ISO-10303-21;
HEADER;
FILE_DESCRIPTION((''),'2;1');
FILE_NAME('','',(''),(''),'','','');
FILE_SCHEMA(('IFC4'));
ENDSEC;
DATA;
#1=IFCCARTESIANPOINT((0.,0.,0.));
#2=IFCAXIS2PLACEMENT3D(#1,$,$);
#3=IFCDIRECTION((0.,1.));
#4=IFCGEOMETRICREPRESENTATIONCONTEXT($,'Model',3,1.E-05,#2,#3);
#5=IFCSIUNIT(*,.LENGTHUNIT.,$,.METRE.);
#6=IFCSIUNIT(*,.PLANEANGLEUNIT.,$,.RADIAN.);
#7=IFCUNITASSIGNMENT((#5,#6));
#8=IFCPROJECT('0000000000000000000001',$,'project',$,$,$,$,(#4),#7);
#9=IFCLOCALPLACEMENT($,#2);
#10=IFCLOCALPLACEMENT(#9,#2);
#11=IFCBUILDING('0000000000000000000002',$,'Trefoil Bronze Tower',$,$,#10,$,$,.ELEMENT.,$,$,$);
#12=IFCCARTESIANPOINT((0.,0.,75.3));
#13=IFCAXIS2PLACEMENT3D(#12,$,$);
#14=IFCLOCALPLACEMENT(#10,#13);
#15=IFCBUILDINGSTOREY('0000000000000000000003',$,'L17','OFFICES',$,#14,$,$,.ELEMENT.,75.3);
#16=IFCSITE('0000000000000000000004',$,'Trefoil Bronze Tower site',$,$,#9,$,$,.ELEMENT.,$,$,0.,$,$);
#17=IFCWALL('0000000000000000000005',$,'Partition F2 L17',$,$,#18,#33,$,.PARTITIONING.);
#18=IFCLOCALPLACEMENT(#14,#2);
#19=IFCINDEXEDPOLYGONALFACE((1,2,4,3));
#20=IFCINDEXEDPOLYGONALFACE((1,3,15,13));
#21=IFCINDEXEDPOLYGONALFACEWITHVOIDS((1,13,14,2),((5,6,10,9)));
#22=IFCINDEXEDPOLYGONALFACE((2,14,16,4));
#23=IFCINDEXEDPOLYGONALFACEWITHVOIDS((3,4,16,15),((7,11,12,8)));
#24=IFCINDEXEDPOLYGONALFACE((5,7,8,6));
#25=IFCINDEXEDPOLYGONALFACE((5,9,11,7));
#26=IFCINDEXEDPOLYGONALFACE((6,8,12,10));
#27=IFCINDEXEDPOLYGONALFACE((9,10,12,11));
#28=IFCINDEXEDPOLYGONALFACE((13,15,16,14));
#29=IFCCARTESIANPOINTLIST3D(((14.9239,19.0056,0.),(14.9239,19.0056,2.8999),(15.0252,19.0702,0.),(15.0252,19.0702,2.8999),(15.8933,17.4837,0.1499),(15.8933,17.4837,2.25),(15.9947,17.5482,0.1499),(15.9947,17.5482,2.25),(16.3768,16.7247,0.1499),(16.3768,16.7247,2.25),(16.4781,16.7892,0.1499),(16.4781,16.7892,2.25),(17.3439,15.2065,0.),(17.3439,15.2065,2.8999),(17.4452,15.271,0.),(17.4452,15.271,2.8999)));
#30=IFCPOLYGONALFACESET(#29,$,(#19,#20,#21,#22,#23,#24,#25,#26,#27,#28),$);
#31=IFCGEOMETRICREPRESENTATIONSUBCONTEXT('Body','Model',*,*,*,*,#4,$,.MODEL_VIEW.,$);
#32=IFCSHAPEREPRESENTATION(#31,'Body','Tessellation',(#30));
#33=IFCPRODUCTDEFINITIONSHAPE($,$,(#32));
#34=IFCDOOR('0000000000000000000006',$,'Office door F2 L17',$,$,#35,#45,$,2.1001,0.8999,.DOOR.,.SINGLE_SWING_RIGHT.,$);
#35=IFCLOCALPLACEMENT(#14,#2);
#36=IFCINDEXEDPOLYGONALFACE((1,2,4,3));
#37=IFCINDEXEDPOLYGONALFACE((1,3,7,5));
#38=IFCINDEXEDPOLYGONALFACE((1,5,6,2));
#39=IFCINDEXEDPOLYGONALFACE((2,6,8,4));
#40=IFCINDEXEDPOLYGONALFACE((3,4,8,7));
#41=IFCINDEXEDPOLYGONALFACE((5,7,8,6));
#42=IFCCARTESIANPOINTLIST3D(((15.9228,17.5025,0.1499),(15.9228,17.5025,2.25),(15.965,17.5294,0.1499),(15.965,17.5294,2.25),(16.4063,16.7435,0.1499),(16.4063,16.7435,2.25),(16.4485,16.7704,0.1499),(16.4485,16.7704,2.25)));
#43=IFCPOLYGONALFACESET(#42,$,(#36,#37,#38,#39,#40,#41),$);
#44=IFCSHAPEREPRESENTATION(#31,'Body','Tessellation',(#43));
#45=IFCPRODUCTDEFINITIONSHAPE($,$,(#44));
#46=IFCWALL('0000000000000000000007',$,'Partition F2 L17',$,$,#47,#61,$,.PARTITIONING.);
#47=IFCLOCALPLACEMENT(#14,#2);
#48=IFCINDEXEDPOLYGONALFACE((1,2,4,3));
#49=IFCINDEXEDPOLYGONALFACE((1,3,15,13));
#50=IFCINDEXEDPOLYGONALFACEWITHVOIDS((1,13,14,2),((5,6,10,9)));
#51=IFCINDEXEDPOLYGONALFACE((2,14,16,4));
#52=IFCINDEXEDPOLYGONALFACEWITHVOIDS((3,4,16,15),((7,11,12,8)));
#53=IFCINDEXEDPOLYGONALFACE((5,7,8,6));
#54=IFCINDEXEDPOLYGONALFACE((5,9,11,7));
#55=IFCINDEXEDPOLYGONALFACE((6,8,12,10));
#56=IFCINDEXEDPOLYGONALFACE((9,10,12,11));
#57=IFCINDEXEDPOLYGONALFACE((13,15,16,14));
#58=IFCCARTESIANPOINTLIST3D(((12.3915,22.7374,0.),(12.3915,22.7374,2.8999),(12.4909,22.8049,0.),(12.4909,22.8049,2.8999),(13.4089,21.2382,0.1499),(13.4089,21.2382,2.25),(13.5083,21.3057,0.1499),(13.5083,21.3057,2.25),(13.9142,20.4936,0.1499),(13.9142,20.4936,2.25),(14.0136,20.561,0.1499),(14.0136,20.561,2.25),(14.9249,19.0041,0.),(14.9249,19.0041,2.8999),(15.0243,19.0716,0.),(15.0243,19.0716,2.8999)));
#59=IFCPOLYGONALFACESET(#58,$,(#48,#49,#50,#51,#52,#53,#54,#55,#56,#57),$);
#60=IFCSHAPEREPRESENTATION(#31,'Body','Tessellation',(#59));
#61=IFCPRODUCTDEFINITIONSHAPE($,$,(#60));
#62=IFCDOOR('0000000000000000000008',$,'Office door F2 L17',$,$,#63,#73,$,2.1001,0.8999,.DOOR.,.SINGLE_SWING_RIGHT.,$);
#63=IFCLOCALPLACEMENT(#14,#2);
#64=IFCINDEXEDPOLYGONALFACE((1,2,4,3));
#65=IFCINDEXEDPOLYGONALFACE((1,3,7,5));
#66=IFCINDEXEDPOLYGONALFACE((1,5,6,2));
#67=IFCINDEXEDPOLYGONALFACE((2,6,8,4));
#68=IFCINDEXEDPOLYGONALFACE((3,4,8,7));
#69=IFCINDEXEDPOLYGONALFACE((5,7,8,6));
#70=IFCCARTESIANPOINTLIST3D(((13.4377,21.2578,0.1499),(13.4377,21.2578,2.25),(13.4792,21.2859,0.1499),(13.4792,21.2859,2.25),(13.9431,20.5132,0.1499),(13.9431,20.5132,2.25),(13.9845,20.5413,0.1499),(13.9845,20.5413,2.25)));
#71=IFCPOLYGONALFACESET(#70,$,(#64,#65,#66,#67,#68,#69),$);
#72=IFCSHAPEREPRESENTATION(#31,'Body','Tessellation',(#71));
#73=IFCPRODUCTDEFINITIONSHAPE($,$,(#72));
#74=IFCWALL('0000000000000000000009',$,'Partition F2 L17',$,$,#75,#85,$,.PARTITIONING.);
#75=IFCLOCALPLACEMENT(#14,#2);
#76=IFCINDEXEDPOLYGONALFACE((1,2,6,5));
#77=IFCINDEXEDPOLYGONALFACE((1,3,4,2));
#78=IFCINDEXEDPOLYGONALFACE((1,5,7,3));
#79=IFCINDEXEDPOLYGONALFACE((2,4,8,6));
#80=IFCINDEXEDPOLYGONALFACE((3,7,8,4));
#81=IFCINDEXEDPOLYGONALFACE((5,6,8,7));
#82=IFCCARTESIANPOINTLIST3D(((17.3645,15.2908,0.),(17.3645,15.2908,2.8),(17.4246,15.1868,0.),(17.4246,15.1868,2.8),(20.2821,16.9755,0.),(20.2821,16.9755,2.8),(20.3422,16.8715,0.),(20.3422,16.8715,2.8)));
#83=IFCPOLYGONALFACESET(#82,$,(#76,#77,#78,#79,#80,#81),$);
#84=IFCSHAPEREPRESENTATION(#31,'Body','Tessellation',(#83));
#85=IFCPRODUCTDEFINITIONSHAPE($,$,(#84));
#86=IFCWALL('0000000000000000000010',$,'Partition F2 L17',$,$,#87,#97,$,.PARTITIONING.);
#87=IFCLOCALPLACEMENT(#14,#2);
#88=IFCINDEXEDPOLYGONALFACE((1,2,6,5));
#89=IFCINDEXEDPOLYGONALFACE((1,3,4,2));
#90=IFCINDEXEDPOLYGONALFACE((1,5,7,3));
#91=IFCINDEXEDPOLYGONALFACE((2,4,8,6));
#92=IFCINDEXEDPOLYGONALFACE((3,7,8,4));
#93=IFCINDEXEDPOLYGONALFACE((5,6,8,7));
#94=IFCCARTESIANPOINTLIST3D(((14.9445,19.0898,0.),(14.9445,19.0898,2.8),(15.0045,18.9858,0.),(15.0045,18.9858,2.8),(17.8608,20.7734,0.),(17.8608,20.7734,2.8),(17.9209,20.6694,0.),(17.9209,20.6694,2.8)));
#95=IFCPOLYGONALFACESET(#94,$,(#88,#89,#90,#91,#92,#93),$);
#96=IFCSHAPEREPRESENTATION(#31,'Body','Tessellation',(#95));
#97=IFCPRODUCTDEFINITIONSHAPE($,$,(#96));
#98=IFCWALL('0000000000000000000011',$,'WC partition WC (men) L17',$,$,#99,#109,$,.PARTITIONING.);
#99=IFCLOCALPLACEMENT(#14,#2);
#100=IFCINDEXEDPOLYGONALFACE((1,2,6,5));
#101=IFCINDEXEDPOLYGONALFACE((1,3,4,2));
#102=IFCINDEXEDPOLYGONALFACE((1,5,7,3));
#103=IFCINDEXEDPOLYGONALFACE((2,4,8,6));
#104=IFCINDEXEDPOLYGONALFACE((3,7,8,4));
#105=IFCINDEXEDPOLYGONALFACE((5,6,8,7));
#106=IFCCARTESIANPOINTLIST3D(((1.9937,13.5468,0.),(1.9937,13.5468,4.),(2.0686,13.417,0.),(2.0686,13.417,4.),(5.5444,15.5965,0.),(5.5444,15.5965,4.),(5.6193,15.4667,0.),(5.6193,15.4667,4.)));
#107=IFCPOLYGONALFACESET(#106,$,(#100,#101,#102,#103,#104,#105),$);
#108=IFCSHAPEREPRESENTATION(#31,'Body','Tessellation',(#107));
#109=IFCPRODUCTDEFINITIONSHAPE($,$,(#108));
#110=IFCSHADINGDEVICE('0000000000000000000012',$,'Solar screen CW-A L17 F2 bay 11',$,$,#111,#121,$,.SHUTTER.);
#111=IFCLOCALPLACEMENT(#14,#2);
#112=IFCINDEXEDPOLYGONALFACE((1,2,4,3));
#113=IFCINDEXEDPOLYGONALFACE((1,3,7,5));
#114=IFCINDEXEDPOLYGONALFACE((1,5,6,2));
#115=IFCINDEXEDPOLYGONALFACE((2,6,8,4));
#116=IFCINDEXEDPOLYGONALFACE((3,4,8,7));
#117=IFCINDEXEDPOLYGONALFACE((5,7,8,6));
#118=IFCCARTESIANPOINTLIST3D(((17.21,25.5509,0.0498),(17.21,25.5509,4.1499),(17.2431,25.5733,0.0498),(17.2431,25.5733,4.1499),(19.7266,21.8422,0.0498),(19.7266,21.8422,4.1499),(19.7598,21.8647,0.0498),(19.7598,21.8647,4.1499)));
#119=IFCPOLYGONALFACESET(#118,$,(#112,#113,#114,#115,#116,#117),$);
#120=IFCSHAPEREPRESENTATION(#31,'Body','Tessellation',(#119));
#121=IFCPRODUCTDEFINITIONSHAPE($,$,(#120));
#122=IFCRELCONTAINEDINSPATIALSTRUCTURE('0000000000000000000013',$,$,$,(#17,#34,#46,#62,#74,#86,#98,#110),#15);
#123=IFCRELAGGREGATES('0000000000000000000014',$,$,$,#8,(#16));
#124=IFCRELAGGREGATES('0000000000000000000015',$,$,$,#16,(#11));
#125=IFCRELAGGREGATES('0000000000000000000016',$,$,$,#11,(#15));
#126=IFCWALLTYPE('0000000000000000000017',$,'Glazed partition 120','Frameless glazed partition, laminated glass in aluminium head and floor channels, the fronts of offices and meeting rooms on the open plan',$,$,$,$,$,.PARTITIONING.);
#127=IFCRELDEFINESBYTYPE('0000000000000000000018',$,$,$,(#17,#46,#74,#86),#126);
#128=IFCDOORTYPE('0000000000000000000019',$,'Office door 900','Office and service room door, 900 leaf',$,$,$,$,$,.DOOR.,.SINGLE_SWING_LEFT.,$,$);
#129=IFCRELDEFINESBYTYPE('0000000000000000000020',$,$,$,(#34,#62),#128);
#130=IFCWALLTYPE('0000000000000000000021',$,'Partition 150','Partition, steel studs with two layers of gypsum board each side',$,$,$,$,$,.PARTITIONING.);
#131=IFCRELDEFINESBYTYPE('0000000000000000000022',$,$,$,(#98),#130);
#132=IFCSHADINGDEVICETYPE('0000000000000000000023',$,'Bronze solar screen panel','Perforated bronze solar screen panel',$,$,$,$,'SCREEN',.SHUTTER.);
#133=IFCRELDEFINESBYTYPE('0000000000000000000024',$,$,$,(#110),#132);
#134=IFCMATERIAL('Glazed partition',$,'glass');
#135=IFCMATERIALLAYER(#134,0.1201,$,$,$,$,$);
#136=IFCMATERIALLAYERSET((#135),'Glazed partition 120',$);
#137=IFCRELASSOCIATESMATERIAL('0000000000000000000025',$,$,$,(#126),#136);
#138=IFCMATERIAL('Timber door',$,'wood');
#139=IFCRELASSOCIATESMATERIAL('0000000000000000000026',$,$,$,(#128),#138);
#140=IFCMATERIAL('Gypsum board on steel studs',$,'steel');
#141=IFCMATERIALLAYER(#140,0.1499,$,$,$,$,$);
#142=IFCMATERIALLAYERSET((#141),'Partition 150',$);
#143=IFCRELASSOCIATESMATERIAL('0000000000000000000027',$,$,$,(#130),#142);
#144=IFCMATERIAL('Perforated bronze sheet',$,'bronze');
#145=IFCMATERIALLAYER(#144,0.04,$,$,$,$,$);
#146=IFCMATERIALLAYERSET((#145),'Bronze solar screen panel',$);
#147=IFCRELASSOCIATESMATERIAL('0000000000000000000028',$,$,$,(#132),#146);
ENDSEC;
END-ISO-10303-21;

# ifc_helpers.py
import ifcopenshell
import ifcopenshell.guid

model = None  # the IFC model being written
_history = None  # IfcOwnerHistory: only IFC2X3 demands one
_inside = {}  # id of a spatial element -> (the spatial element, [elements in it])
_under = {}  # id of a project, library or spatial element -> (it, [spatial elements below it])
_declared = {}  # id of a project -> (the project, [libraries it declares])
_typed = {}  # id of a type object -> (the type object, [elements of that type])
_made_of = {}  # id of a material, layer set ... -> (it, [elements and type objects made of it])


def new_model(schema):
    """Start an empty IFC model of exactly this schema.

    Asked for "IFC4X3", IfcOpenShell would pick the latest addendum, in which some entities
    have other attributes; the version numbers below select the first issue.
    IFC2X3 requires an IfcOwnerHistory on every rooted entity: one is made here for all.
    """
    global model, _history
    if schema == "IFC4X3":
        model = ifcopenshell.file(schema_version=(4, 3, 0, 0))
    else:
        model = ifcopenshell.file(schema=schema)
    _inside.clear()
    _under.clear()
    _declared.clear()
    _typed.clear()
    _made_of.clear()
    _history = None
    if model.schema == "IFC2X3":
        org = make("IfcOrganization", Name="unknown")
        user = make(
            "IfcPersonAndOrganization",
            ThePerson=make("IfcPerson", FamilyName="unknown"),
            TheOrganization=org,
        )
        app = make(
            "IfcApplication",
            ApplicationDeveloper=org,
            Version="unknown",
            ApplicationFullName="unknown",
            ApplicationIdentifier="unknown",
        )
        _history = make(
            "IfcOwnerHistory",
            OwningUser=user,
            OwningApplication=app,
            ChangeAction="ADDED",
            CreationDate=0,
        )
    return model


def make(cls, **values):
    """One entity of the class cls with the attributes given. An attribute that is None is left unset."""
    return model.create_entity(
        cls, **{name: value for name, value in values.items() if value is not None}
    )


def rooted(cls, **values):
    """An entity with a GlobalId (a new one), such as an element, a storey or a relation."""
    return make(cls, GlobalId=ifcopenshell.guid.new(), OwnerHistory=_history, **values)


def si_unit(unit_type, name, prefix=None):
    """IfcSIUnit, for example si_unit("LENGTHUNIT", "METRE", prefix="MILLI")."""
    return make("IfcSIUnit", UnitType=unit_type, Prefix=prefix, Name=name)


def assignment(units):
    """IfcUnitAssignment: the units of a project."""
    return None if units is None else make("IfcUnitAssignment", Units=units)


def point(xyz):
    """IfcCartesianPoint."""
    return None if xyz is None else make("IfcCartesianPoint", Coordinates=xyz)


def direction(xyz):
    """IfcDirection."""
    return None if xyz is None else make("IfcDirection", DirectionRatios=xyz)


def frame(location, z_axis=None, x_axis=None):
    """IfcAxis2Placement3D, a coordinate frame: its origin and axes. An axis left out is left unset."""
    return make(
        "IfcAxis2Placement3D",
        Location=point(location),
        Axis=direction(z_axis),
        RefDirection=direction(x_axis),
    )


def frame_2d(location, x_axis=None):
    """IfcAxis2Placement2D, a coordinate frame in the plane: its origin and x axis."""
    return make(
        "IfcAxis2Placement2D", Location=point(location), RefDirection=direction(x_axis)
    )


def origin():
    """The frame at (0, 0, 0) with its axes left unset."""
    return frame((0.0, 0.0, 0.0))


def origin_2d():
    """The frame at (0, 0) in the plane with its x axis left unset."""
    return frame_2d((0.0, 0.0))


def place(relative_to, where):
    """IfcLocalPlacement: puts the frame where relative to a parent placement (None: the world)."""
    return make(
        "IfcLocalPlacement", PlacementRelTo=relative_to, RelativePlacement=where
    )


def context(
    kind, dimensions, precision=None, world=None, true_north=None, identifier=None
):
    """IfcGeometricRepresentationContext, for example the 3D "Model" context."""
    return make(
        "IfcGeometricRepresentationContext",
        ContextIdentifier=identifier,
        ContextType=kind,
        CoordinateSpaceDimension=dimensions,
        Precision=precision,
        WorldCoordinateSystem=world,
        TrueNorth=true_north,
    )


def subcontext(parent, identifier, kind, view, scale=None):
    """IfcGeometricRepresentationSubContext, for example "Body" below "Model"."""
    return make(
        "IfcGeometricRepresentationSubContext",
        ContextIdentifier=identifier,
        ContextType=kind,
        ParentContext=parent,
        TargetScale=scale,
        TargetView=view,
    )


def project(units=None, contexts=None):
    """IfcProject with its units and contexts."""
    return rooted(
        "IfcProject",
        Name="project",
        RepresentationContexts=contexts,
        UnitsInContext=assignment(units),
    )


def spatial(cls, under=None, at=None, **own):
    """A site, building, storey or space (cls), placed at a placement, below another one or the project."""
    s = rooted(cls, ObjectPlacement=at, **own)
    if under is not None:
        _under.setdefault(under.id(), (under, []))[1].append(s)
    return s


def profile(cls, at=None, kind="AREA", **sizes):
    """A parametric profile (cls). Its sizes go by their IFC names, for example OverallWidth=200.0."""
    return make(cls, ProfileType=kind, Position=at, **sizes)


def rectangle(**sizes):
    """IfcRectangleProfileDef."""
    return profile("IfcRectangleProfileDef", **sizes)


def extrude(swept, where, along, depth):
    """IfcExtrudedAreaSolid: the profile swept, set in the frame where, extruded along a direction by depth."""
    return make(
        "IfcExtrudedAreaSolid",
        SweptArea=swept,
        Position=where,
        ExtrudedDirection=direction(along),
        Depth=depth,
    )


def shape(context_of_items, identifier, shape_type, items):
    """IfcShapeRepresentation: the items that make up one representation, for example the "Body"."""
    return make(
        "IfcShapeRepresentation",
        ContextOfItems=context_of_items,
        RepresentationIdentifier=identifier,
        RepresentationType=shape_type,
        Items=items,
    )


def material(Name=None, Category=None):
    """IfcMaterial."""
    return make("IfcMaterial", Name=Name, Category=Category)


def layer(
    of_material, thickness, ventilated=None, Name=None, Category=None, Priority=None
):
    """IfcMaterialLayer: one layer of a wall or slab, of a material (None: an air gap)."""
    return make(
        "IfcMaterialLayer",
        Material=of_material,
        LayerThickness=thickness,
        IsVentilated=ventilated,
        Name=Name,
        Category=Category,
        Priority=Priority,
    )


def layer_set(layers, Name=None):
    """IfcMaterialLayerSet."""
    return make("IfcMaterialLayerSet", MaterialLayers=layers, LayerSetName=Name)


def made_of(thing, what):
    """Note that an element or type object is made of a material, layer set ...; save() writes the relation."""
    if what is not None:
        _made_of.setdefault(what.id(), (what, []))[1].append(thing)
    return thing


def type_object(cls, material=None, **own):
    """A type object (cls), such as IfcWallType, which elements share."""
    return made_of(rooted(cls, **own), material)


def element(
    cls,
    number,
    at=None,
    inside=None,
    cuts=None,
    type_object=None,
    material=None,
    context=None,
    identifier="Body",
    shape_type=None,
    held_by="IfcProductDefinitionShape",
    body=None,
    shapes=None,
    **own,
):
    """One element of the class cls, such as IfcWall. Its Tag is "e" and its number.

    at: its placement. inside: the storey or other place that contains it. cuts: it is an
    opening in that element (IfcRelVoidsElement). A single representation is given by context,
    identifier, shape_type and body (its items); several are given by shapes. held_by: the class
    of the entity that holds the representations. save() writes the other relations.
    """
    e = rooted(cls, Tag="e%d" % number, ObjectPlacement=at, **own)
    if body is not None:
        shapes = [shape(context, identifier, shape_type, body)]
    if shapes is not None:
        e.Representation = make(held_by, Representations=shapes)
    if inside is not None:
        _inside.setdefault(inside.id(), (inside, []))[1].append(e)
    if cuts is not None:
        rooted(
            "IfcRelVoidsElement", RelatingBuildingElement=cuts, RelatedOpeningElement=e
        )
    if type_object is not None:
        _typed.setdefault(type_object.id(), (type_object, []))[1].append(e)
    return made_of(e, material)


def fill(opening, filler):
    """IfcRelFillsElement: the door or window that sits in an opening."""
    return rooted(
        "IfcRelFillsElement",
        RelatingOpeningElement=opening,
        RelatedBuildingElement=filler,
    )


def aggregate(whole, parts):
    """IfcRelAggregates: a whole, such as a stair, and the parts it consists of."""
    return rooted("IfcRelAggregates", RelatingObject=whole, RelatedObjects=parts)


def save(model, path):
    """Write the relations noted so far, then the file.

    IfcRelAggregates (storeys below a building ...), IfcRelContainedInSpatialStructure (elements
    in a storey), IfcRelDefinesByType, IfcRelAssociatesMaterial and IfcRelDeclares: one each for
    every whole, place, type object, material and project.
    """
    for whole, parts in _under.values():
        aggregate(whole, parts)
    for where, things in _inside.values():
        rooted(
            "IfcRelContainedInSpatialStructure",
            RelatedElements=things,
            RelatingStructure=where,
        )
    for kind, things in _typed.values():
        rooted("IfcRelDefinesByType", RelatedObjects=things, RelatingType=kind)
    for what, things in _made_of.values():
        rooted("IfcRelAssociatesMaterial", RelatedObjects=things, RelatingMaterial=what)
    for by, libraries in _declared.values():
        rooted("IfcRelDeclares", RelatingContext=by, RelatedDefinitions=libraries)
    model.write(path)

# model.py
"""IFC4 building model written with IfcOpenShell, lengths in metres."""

from ifc_helpers import new_model, si_unit, direction, frame, frame_2d, origin, origin_2d, place, context, subcontext, project, spatial, rectangle, extrude, material, layer, layer_set, type_object, element, fill, save


model = new_model("IFC4")

# Units and contexts
model_context = context("Model", 3, precision=1e-05, world=origin(), true_north=direction((0.0, 1.0)))
body_context = subcontext(model_context, "Body", "Model", "MODEL_VIEW")
ifc_project = project(units=[si_unit("LENGTHUNIT", "METRE"), si_unit("PLANEANGLEUNIT", "RADIAN")], contexts=[model_context])

# Site, building, storey
site_placement = place(None, origin())
site = spatial("IfcSite", under=ifc_project, at=site_placement, Name="Trefoil Bronze Tower site", CompositionType="ELEMENT", RefElevation=0.0)
building_placement = place(site_placement, origin())
building = spatial("IfcBuilding", under=site, at=building_placement, Name="Trefoil Bronze Tower", CompositionType="ELEMENT")
storey_placement = place(building_placement, frame((0.0, 0.0, 75.3)))
storey = spatial("IfcBuildingStorey", under=building, at=storey_placement, Name="L17", Description="OFFICES", CompositionType="ELEMENT", Elevation=75.3)

# Walls, openings, doors
ifc_material_1 = material(Name="Glazed partition", Category="glass")
ifc_layer_1 = layer(ifc_material_1, 0.1201)
ifc_layer_set_1 = layer_set([ifc_layer_1], Name="Glazed partition 120")
wall_type_1 = type_object("IfcWallType", Name="Glazed partition 120", Description="Frameless glazed partition, laminated glass in aluminium head and floor channels, the fronts of offices and meeting rooms on the open plan", PredefinedType="PARTITIONING", material=ifc_layer_set_1)
wall_1_placement = place(storey_placement, frame((17.3945, 15.2388, 0.0), z_axis=(0.0, 0.0, 1.0), x_axis=(-0.537244, 0.843427, 0.0)))
wall_1 = element("IfcWall", 1, at=wall_1_placement, inside=storey, type_object=wall_type_1, Name="Partition F2 L17", PredefinedType="PARTITIONING", context=body_context, shape_type="SweptSolid", body=[
    extrude(rectangle(XDim=4.5044, YDim=0.1201, at=frame_2d((2.2522, 0.0))), origin(), (0.0, 0.0, 1.0), 2.8999),
])
opening_1_placement = place(wall_1_placement, frame((1.8, 0.0, 0.1499)))
opening_1 = element("IfcOpeningElement", 2, at=opening_1_placement, cuts=wall_1, PredefinedType="OPENING", context=body_context, shape_type="SweptSolid", body=[
    extrude(rectangle(XDim=0.8999, YDim=2.1001, at=frame_2d((0.45, 1.05))), frame((0.0, 0.0701, 0.0), z_axis=(0.0, -1.0, 0.0), x_axis=(1.0, 0.0, 0.0)), (0.0, 0.0, 1.0), 0.1401),
])
ifc_material_2 = material(Name="Timber door", Category="wood")
door_type_1 = type_object("IfcDoorType", Name="Office door 900", Description="Office and service room door, 900 leaf", OperationType="SINGLE_SWING_LEFT", PredefinedType="DOOR", material=ifc_material_2)
door_1_placement = place(opening_1_placement, frame((0.8999, 0.0, 0.0), z_axis=(0.0, 0.0, 1.0), x_axis=(-1.0, 0.0, 0.0)))
door_1 = element("IfcDoor", 3, at=door_1_placement, inside=storey, type_object=door_type_1, Name="Office door F2 L17", OperationType="SINGLE_SWING_RIGHT", OverallHeight=2.1001, OverallWidth=0.8999, PredefinedType="DOOR", context=body_context, shape_type="SweptSolid", body=[
    extrude(rectangle(XDim=0.8999, YDim=2.1001, at=frame_2d((0.45, 1.05))), frame((0.0, 0.0249, 0.0), z_axis=(0.0, -1.0, 0.0), x_axis=(1.0, 0.0, 0.0)), (0.0, 0.0, 1.0), 0.05),
])
fill(opening_1, door_1)
wall_2_placement = place(storey_placement, frame((14.9746, 19.0378, 0.0), z_axis=(0.0, 0.0, 1.0), x_axis=(-0.561512, 0.827469, 0.0)))
wall_2 = element("IfcWall", 4, at=wall_2_placement, inside=storey, type_object=wall_type_1, Name="Partition F2 L17", PredefinedType="PARTITIONING", context=body_context, shape_type="SweptSolid", body=[
    extrude(rectangle(XDim=4.5117, YDim=0.1201, at=frame_2d((2.2559, 0.0))), origin(), (0.0, 0.0, 1.0), 2.8999),
])
opening_2_placement = place(wall_2_placement, frame((1.8, 0.0, 0.1499)))
opening_2 = element("IfcOpeningElement", 5, at=opening_2_placement, cuts=wall_2, PredefinedType="OPENING", context=body_context, shape_type="SweptSolid", body=[
    extrude(rectangle(XDim=0.8999, YDim=2.1001, at=frame_2d((0.45, 1.05))), frame((0.0, 0.0701, 0.0), z_axis=(0.0, -1.0, 0.0), x_axis=(1.0, 0.0, 0.0)), (0.0, 0.0, 1.0), 0.1401),
])
door_2_placement = place(opening_2_placement, frame((0.8999, 0.0, 0.0), z_axis=(0.0, 0.0, 1.0), x_axis=(-1.0, 0.0, 0.0)))
door_2 = element("IfcDoor", 6, at=door_2_placement, inside=storey, type_object=door_type_1, Name="Office door F2 L17", OperationType="SINGLE_SWING_RIGHT", OverallHeight=2.1001, OverallWidth=0.8999, PredefinedType="DOOR", context=body_context, shape_type="SweptSolid", body=[
    extrude(rectangle(XDim=0.8999, YDim=2.1001, at=frame_2d((0.45, 1.05))), frame((0.0, 0.0249, 0.0), z_axis=(0.0, -1.0, 0.0), x_axis=(1.0, 0.0, 0.0)), (0.0, 0.0, 1.0), 0.05),
])
fill(opening_2, door_2)

# Walls
wall_3_placement = place(storey_placement, frame((17.3945, 15.2388, 0.0), z_axis=(0.0, 0.0, 1.0), x_axis=(0.865991, 0.500059, 0.0)))
element("IfcWall", 7, at=wall_3_placement, inside=storey, type_object=wall_type_1, Name="Partition F2 L17", PredefinedType="PARTITIONING", context=body_context, shape_type="SweptSolid", body=[
    extrude(rectangle(XDim=3.3691, YDim=0.1201, at=frame_2d((1.6846, 0.0))), origin(), (0.0, 0.0, 1.0), 2.8),
])
wall_4_placement = place(storey_placement, frame((14.9746, 19.0378, 0.0), z_axis=(0.0, 0.0, 1.0), x_axis=(0.866039, 0.499976, 0.0)))
element("IfcWall", 8, at=wall_4_placement, inside=storey, type_object=wall_type_1, Name="Partition F2 L17", PredefinedType="PARTITIONING", context=body_context, shape_type="SweptSolid", body=[
    extrude(rectangle(XDim=3.3674, YDim=0.1201, at=frame_2d((1.6836, 0.0))), origin(), (0.0, 0.0, 1.0), 2.8),
])
ifc_material_3 = material(Name="Gypsum board on steel studs", Category="steel")
ifc_layer_2 = layer(ifc_material_3, 0.1499)
ifc_layer_set_2 = layer_set([ifc_layer_2], Name="Partition 150")
wall_type_2 = type_object("IfcWallType", Name="Partition 150", Description="Partition, steel studs with two layers of gypsum board each side", PredefinedType="PARTITIONING", material=ifc_layer_set_2)
wall_5_placement = place(storey_placement, frame((2.0312, 13.4819, 0.0), z_axis=(0.0, 0.0, 1.0), x_axis=(0.866051, 0.499956, 0.0)))
element("IfcWall", 9, at=wall_5_placement, inside=storey, type_object=wall_type_2, Name="WC partition WC (men) L17", PredefinedType="PARTITIONING", context=body_context, shape_type="SweptSolid", body=[
    extrude(rectangle(XDim=4.0999, YDim=0.1499, at=frame_2d((2.0498, 0.0))), origin(), (0.0, 0.0, 1.0), 4.0),
])

# Shading device
ifc_material_4 = material(Name="Perforated bronze sheet", Category="bronze")
ifc_layer_3 = layer(ifc_material_4, 0.04)
ifc_layer_set_3 = layer_set([ifc_layer_3], Name="Bronze solar screen panel")
shading_device_type = type_object("IfcShadingDeviceType", Name="Bronze solar screen panel", Description="Perforated bronze solar screen panel", ElementType="SCREEN", PredefinedType="SHUTTER", material=ifc_layer_set_3)
shading_device_placement = place(storey_placement, frame((18.4849, 23.7078, 0.0498), z_axis=(0.0, 0.0, 1.0), x_axis=(-0.56151, 0.82747, 0.0)))
element("IfcShadingDevice", 10, at=shading_device_placement, inside=storey, type_object=shading_device_type, Name="Solar screen CW-A L17 F2 bay 11", PredefinedType="SHUTTER", context=body_context, shape_type="SweptSolid", body=[
    extrude(rectangle(XDim=4.4819, YDim=0.04, at=origin_2d()), origin(), (0.0, 0.0, 1.0), 4.1001),
])

save(model, "model.ifc")
